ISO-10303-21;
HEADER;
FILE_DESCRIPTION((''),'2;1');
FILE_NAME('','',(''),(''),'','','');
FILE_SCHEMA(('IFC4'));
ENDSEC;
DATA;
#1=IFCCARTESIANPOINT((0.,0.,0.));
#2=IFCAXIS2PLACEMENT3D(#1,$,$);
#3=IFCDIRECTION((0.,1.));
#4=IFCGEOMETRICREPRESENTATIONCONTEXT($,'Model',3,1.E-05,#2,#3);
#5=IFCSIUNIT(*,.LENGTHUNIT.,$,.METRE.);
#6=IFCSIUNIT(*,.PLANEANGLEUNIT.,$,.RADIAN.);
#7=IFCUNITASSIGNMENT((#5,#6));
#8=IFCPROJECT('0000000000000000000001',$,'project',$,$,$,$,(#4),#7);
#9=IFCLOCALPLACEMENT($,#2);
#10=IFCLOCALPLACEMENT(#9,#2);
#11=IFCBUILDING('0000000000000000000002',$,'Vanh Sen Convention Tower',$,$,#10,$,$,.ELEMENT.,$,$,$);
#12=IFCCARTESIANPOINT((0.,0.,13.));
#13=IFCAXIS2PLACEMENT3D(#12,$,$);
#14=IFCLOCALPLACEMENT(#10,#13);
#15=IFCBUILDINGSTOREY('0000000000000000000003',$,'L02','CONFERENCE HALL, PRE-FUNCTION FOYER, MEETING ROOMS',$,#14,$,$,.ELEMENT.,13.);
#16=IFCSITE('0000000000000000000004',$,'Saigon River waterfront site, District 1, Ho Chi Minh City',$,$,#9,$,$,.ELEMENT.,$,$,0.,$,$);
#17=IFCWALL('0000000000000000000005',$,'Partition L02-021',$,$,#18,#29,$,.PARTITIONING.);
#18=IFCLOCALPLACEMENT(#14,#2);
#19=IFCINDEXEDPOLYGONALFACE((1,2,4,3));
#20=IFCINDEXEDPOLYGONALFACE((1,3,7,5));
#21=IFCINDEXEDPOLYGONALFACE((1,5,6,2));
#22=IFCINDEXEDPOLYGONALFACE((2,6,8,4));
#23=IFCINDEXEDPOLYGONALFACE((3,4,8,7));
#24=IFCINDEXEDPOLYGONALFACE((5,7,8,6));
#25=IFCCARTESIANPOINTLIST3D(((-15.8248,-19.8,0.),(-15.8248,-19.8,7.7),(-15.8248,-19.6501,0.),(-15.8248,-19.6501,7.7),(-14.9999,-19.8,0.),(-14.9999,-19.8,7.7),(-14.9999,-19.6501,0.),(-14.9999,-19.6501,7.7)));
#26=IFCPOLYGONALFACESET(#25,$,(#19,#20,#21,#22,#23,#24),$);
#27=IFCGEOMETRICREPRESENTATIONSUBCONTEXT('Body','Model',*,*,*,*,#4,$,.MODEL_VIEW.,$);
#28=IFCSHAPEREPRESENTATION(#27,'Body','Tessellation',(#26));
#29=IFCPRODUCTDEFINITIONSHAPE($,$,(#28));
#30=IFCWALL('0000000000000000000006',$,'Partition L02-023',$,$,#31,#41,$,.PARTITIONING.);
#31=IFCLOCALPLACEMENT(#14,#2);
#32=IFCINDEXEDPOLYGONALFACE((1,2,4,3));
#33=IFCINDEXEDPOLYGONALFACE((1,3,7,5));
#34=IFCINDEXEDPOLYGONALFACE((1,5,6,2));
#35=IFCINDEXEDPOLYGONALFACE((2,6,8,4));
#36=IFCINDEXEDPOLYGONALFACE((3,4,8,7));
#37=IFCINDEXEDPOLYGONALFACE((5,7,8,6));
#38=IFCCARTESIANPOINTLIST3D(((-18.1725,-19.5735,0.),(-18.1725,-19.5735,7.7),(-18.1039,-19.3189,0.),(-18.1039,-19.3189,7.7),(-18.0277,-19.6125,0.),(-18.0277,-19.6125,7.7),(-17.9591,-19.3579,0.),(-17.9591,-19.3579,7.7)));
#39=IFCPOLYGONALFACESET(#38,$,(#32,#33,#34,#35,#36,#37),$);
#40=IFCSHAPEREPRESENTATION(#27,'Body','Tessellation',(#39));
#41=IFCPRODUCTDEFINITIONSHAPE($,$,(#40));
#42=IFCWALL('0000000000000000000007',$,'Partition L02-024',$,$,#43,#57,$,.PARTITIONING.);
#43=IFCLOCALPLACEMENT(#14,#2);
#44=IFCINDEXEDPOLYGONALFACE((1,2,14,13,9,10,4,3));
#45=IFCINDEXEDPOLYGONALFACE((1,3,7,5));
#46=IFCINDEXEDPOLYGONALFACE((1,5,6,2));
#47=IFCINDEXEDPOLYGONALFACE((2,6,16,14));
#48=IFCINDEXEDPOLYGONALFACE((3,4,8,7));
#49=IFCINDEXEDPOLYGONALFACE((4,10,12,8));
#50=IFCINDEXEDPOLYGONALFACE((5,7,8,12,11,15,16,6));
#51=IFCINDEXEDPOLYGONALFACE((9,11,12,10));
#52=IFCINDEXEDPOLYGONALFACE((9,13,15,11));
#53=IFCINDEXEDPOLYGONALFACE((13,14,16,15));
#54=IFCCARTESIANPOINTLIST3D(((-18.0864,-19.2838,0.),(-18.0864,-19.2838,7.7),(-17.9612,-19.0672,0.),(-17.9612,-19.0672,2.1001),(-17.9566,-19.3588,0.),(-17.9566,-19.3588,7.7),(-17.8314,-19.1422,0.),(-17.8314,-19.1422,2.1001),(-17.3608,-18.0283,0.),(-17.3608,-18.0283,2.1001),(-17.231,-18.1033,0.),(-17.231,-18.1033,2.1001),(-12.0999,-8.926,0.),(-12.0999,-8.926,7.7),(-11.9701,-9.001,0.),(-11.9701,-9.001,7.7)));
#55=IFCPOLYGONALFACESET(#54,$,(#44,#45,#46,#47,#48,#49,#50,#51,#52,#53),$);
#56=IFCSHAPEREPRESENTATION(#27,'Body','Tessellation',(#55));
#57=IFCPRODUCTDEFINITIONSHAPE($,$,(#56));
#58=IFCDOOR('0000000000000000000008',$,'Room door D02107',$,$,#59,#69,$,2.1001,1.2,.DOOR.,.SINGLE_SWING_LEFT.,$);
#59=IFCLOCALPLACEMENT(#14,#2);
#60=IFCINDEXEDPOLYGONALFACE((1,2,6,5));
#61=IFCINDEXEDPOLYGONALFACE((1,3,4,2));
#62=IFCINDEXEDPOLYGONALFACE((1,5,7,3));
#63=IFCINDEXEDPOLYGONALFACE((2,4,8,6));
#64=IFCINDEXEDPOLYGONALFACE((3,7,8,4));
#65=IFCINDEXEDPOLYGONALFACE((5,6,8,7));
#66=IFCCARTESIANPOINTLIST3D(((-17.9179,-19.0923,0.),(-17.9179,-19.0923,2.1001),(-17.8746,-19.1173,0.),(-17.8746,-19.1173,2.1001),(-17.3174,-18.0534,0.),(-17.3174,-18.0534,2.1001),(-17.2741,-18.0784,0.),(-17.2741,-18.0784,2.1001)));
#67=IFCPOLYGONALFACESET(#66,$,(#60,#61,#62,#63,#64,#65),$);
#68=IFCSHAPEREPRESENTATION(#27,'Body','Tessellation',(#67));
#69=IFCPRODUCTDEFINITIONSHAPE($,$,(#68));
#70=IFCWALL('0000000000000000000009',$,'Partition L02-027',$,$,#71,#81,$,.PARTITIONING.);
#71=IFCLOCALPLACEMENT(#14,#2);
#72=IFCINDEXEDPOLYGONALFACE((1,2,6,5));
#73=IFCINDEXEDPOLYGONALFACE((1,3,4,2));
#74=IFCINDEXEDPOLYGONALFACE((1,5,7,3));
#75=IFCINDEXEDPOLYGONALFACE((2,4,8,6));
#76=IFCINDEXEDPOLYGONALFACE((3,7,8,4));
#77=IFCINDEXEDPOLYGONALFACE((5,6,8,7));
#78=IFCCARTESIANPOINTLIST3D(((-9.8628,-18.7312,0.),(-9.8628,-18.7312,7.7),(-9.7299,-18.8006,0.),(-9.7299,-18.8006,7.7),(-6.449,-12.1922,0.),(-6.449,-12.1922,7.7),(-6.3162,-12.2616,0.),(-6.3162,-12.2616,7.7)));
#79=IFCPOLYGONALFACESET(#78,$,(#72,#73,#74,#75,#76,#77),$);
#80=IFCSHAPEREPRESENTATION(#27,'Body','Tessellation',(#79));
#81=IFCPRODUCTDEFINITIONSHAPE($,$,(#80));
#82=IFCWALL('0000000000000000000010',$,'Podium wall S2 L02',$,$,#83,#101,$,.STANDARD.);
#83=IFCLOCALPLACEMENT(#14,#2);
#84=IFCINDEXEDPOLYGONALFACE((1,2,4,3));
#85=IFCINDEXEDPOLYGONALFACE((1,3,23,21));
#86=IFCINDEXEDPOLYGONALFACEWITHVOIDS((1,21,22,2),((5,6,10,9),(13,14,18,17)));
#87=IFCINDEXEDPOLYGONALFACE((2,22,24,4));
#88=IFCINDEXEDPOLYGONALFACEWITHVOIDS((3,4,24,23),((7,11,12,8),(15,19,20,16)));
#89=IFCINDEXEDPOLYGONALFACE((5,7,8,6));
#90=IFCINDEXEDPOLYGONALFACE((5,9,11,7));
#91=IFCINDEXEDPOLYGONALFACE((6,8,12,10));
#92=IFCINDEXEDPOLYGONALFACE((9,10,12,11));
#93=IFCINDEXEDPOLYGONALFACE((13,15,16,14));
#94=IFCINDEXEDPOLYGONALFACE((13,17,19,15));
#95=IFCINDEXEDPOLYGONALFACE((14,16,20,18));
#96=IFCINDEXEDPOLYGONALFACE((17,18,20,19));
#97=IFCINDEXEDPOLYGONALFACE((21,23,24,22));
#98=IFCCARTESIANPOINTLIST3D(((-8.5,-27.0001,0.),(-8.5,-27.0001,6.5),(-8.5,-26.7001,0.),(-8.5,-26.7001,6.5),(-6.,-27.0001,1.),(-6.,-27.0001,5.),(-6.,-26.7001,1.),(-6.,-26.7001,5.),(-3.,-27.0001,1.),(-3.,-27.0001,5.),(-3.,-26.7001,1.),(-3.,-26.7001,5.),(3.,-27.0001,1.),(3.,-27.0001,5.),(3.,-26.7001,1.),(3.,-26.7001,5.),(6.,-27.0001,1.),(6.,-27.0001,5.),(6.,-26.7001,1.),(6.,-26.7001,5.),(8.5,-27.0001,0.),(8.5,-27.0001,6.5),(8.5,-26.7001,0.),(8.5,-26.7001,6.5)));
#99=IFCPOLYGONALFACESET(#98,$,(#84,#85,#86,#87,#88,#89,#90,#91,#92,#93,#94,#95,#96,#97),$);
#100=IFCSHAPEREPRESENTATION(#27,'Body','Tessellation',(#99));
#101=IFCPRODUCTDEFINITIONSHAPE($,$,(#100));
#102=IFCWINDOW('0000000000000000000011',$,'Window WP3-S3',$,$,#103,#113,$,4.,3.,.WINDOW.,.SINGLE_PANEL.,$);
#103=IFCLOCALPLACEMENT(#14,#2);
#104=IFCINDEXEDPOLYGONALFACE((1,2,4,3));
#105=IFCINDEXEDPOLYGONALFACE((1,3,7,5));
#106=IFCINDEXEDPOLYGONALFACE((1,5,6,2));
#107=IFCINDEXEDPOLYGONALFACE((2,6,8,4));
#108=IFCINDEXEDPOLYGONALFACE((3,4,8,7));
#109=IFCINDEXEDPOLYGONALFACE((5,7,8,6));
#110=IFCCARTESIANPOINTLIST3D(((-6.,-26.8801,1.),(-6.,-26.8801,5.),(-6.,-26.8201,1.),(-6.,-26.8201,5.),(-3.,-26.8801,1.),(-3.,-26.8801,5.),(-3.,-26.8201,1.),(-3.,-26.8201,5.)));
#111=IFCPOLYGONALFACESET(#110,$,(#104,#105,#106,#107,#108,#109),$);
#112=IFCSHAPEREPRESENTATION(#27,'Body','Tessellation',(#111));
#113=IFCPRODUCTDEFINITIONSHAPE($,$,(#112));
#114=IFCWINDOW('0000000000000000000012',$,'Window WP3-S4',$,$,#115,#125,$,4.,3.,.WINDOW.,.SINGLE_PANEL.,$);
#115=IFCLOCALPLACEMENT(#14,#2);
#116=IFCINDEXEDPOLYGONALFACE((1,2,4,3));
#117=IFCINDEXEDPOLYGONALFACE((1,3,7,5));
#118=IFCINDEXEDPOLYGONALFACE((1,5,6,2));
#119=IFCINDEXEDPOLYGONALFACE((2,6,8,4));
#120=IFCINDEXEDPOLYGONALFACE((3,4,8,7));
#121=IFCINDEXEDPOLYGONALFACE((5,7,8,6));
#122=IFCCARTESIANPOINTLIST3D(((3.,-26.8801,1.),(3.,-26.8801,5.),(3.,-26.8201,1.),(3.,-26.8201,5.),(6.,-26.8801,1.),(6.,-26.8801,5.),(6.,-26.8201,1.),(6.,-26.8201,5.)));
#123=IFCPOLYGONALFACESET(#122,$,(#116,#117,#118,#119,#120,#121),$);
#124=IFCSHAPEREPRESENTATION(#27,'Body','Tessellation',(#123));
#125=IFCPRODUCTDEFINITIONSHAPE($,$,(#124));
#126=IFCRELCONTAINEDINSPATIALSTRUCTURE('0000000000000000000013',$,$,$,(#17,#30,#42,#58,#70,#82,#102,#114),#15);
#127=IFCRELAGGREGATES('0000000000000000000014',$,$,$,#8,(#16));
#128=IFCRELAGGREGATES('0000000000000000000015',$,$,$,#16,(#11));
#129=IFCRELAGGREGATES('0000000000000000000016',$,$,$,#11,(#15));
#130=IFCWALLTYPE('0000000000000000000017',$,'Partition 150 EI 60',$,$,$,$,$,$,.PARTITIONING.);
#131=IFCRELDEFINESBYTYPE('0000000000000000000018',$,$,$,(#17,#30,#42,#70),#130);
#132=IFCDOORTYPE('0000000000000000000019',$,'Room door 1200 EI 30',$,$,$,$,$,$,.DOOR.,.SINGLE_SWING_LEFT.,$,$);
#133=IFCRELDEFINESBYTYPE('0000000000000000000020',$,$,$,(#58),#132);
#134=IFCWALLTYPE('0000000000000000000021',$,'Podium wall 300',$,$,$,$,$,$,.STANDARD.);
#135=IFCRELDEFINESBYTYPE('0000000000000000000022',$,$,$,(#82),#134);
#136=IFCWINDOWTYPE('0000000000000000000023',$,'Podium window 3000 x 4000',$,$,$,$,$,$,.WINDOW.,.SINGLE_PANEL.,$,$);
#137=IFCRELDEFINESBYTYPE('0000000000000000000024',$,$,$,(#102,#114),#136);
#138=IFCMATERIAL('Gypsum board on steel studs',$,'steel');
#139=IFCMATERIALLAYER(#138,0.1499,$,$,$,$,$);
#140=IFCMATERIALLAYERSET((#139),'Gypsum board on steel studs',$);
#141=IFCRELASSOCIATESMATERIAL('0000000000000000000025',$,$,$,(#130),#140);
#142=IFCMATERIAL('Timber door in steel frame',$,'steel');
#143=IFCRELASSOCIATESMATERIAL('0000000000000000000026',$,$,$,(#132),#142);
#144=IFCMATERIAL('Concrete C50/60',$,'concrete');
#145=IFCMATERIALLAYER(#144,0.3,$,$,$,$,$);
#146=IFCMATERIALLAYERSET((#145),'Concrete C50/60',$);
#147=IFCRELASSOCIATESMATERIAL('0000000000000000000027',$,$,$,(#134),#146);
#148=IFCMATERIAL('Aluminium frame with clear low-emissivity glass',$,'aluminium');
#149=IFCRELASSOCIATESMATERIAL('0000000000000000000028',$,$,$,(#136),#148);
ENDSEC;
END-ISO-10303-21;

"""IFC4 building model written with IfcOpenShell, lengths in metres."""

from ifc_helpers import new_model, si_unit, direction, frame, frame_2d, origin, place, context, subcontext, project, spatial, rectangle, extrude, material, layer, layer_set, type_object, element, fill, save


model = new_model("IFC4")

# Units and contexts
model_context = context("Model", 3, precision=1e-05, world=origin(), true_north=direction((0.0, 1.0)))
body_context = subcontext(model_context, "Body", "Model", "MODEL_VIEW")
ifc_project = project(units=[si_unit("LENGTHUNIT", "METRE"), si_unit("PLANEANGLEUNIT", "RADIAN")], contexts=[model_context])

# Site, building, storey
site_placement = place(None, origin())
site = spatial("IfcSite", under=ifc_project, at=site_placement, Name="Saigon River waterfront site, District 1, Ho Chi Minh City", CompositionType="ELEMENT", RefElevation=0.0)
building_placement = place(site_placement, origin())
building = spatial("IfcBuilding", under=site, at=building_placement, Name="Vanh Sen Convention Tower", CompositionType="ELEMENT")
storey_placement = place(building_placement, frame((0.0, 0.0, 13.0)))
storey = spatial("IfcBuildingStorey", under=building, at=storey_placement, Name="L02", Description="CONFERENCE HALL, PRE-FUNCTION FOYER, MEETING ROOMS", CompositionType="ELEMENT", Elevation=13.0)

# Shared definitions
ifc_material_1 = material(Name="Gypsum board on steel studs", Category="steel")
ifc_layer_1 = layer(ifc_material_1, 0.1499)
ifc_layer_set_1 = layer_set([ifc_layer_1], Name="Gypsum board on steel studs")
wall_type_1 = type_object("IfcWallType", Name="Partition 150 EI 60", PredefinedType="PARTITIONING", material=ifc_layer_set_1)

# Shared definitions
ifc_material_2 = material(Name="Timber door in steel frame", Category="steel")
door_type = type_object("IfcDoorType", Name="Room door 1200 EI 30", OperationType="SINGLE_SWING_LEFT", PredefinedType="DOOR", material=ifc_material_2)

# Walls
wall_1_placement = place(storey_placement, frame((-15.825, -19.7251, 0.0), z_axis=(0.0, 0.0, 1.0), x_axis=(1.0, 0.0, 0.0)))
element("IfcWall", 1, at=wall_1_placement, inside=storey, type_object=wall_type_1, Name="Partition L02-021", PredefinedType="PARTITIONING", context=body_context, shape_type="SweptSolid", body=[
    extrude(rectangle(XDim=0.825, YDim=0.1499, at=frame_2d((0.4126, 0.0))), origin(), (0.0, 0.0, 1.0), 7.7),
])
wall_2_placement = place(storey_placement, frame((-18.1001, -19.593, 0.0), z_axis=(0.0, 0.0, 1.0), x_axis=(0.260139, 0.965571, 0.0)))
element("IfcWall", 2, at=wall_2_placement, inside=storey, type_object=wall_type_1, Name="Partition L02-023", PredefinedType="PARTITIONING", context=body_context, shape_type="SweptSolid", body=[
    extrude(rectangle(XDim=0.2637, YDim=0.1499, at=frame_2d((0.1318, 0.0))), origin(), (0.0, 0.0, 1.0), 7.7),
])

# Wall, opening, door
wall_3_placement = place(storey_placement, frame((-18.0215, -19.3213, 0.0), z_axis=(0.0, 0.0, 1.0), x_axis=(0.500403, 0.865793, 0.0)))
wall_3 = element("IfcWall", 3, at=wall_3_placement, inside=storey, type_object=wall_type_1, Name="Partition L02-024", PredefinedType="PARTITIONING", context=body_context, shape_type="SweptSolid", body=[
    extrude(rectangle(XDim=11.9634, YDim=0.1499, at=frame_2d((5.9817, 0.0))), origin(), (0.0, 0.0, 1.0), 7.7),
])
opening_1_placement = place(wall_3_placement, frame((0.25, 0.0, 0.0)))
opening_1 = element("IfcOpeningElement", 4, at=opening_1_placement, cuts=wall_3, PredefinedType="OPENING", context=body_context, shape_type="SweptSolid", body=[
    extrude(rectangle(XDim=1.2, YDim=2.1001, at=frame_2d((0.6001, 1.05))), frame((0.0, 0.085, 0.0), z_axis=(0.0, -1.0, 0.0), x_axis=(1.0, 0.0, 0.0)), (0.0, 0.0, 1.0), 0.1699),
])
door_1_placement = place(opening_1_placement, origin())
door_1 = element("IfcDoor", 5, at=door_1_placement, inside=storey, type_object=door_type, Name="Room door D02107", OperationType="SINGLE_SWING_LEFT", OverallHeight=2.1001, OverallWidth=1.2, PredefinedType="DOOR", context=body_context, shape_type="SweptSolid", body=[
    extrude(rectangle(XDim=1.2, YDim=2.1001, at=frame_2d((0.6001, 1.05))), frame((0.0, 0.0249, 0.0), z_axis=(0.0, -1.0, 0.0), x_axis=(1.0, 0.0, 0.0)), (0.0, 0.0, 1.0), 0.05),
])
fill(opening_1, door_1)

# Wall
wall_4_placement = place(storey_placement, frame((-9.7964, -18.7659, 0.0), z_axis=(0.0, 0.0, 1.0), x_axis=(0.462793, 0.886466, 0.0)))
element("IfcWall", 6, at=wall_4_placement, inside=storey, type_object=wall_type_1, Name="Partition L02-027", PredefinedType="PARTITIONING", context=body_context, shape_type="SweptSolid", body=[
    extrude(rectangle(XDim=7.3765, YDim=0.1499, at=frame_2d((3.6882, 0.0))), origin(), (0.0, 0.0, 1.0), 7.7),
])

# Wall, openings, windows
ifc_material_3 = material(Name="Concrete C50/60", Category="concrete")
ifc_layer_2 = layer(ifc_material_3, 0.3)
ifc_layer_set_2 = layer_set([ifc_layer_2], Name="Concrete C50/60")
wall_type_2 = type_object("IfcWallType", Name="Podium wall 300", PredefinedType="STANDARD", material=ifc_layer_set_2)
wall_5_placement = place(storey_placement, frame((-8.5, -26.8501, 0.0), z_axis=(0.0, 0.0, 1.0), x_axis=(1.0, 0.0, 0.0)))
wall_5 = element("IfcWall", 7, at=wall_5_placement, inside=storey, type_object=wall_type_2, Name="Podium wall S2 L02", PredefinedType="STANDARD", context=body_context, shape_type="SweptSolid", body=[
    extrude(rectangle(XDim=17.0, YDim=0.3, at=frame_2d((8.5, 0.0))), origin(), (0.0, 0.0, 1.0), 6.5),
])
opening_2_placement = place(wall_5_placement, frame((2.5, 0.0, 1.0)))
opening_2 = element("IfcOpeningElement", 8, at=opening_2_placement, cuts=wall_5, PredefinedType="OPENING", context=body_context, shape_type="SweptSolid", body=[
    extrude(rectangle(XDim=3.0, YDim=4.0, at=frame_2d((1.5, 2.0))), frame((0.0, 0.1599, 0.0), z_axis=(0.0, -1.0, 0.0), x_axis=(1.0, 0.0, 0.0)), (0.0, 0.0, 1.0), 0.3201),
])
opening_3_placement = place(wall_5_placement, frame((11.5, 0.0, 1.0)))
opening_3 = element("IfcOpeningElement", 9, at=opening_3_placement, cuts=wall_5, PredefinedType="OPENING", context=body_context, shape_type="SweptSolid", body=[
    extrude(rectangle(XDim=3.0, YDim=4.0, at=frame_2d((1.5, 2.0))), frame((0.0, 0.1599, 0.0), z_axis=(0.0, -1.0, 0.0), x_axis=(1.0, 0.0, 0.0)), (0.0, 0.0, 1.0), 0.3201),
])
ifc_material_4 = material(Name="Aluminium frame with clear low-emissivity glass", Category="aluminium")
window_type = type_object("IfcWindowType", Name="Podium window 3000 x 4000", PartitioningType="SINGLE_PANEL", PredefinedType="WINDOW", material=ifc_material_4)
window_1_placement = place(opening_2_placement, origin())
window_1 = element("IfcWindow", 10, at=window_1_placement, inside=storey, type_object=window_type, Name="Window WP3-S3", OverallHeight=4.0, OverallWidth=3.0, PartitioningType="SINGLE_PANEL", PredefinedType="WINDOW", context=body_context, shape_type="SweptSolid", body=[
    extrude(rectangle(XDim=3.0, YDim=4.0, at=frame_2d((1.5, 2.0))), frame((0.0, 0.03, 0.0), z_axis=(0.0, -1.0, 0.0), x_axis=(1.0, 0.0, 0.0)), (0.0, 0.0, 1.0), 0.0601),
])
fill(opening_2, window_1)
window_2_placement = place(opening_3_placement, origin())
window_2 = element("IfcWindow", 11, at=window_2_placement, inside=storey, type_object=window_type, Name="Window WP3-S4", OverallHeight=4.0, OverallWidth=3.0, PartitioningType="SINGLE_PANEL", PredefinedType="WINDOW", context=body_context, shape_type="SweptSolid", body=[
    extrude(rectangle(XDim=3.0, YDim=4.0, at=frame_2d((1.5, 2.0))), frame((0.0, 0.03, 0.0), z_axis=(0.0, -1.0, 0.0), x_axis=(1.0, 0.0, 0.0)), (0.0, 0.0, 1.0), 0.0601),
])
fill(opening_3, window_2)

save(model, "model.ifc")
